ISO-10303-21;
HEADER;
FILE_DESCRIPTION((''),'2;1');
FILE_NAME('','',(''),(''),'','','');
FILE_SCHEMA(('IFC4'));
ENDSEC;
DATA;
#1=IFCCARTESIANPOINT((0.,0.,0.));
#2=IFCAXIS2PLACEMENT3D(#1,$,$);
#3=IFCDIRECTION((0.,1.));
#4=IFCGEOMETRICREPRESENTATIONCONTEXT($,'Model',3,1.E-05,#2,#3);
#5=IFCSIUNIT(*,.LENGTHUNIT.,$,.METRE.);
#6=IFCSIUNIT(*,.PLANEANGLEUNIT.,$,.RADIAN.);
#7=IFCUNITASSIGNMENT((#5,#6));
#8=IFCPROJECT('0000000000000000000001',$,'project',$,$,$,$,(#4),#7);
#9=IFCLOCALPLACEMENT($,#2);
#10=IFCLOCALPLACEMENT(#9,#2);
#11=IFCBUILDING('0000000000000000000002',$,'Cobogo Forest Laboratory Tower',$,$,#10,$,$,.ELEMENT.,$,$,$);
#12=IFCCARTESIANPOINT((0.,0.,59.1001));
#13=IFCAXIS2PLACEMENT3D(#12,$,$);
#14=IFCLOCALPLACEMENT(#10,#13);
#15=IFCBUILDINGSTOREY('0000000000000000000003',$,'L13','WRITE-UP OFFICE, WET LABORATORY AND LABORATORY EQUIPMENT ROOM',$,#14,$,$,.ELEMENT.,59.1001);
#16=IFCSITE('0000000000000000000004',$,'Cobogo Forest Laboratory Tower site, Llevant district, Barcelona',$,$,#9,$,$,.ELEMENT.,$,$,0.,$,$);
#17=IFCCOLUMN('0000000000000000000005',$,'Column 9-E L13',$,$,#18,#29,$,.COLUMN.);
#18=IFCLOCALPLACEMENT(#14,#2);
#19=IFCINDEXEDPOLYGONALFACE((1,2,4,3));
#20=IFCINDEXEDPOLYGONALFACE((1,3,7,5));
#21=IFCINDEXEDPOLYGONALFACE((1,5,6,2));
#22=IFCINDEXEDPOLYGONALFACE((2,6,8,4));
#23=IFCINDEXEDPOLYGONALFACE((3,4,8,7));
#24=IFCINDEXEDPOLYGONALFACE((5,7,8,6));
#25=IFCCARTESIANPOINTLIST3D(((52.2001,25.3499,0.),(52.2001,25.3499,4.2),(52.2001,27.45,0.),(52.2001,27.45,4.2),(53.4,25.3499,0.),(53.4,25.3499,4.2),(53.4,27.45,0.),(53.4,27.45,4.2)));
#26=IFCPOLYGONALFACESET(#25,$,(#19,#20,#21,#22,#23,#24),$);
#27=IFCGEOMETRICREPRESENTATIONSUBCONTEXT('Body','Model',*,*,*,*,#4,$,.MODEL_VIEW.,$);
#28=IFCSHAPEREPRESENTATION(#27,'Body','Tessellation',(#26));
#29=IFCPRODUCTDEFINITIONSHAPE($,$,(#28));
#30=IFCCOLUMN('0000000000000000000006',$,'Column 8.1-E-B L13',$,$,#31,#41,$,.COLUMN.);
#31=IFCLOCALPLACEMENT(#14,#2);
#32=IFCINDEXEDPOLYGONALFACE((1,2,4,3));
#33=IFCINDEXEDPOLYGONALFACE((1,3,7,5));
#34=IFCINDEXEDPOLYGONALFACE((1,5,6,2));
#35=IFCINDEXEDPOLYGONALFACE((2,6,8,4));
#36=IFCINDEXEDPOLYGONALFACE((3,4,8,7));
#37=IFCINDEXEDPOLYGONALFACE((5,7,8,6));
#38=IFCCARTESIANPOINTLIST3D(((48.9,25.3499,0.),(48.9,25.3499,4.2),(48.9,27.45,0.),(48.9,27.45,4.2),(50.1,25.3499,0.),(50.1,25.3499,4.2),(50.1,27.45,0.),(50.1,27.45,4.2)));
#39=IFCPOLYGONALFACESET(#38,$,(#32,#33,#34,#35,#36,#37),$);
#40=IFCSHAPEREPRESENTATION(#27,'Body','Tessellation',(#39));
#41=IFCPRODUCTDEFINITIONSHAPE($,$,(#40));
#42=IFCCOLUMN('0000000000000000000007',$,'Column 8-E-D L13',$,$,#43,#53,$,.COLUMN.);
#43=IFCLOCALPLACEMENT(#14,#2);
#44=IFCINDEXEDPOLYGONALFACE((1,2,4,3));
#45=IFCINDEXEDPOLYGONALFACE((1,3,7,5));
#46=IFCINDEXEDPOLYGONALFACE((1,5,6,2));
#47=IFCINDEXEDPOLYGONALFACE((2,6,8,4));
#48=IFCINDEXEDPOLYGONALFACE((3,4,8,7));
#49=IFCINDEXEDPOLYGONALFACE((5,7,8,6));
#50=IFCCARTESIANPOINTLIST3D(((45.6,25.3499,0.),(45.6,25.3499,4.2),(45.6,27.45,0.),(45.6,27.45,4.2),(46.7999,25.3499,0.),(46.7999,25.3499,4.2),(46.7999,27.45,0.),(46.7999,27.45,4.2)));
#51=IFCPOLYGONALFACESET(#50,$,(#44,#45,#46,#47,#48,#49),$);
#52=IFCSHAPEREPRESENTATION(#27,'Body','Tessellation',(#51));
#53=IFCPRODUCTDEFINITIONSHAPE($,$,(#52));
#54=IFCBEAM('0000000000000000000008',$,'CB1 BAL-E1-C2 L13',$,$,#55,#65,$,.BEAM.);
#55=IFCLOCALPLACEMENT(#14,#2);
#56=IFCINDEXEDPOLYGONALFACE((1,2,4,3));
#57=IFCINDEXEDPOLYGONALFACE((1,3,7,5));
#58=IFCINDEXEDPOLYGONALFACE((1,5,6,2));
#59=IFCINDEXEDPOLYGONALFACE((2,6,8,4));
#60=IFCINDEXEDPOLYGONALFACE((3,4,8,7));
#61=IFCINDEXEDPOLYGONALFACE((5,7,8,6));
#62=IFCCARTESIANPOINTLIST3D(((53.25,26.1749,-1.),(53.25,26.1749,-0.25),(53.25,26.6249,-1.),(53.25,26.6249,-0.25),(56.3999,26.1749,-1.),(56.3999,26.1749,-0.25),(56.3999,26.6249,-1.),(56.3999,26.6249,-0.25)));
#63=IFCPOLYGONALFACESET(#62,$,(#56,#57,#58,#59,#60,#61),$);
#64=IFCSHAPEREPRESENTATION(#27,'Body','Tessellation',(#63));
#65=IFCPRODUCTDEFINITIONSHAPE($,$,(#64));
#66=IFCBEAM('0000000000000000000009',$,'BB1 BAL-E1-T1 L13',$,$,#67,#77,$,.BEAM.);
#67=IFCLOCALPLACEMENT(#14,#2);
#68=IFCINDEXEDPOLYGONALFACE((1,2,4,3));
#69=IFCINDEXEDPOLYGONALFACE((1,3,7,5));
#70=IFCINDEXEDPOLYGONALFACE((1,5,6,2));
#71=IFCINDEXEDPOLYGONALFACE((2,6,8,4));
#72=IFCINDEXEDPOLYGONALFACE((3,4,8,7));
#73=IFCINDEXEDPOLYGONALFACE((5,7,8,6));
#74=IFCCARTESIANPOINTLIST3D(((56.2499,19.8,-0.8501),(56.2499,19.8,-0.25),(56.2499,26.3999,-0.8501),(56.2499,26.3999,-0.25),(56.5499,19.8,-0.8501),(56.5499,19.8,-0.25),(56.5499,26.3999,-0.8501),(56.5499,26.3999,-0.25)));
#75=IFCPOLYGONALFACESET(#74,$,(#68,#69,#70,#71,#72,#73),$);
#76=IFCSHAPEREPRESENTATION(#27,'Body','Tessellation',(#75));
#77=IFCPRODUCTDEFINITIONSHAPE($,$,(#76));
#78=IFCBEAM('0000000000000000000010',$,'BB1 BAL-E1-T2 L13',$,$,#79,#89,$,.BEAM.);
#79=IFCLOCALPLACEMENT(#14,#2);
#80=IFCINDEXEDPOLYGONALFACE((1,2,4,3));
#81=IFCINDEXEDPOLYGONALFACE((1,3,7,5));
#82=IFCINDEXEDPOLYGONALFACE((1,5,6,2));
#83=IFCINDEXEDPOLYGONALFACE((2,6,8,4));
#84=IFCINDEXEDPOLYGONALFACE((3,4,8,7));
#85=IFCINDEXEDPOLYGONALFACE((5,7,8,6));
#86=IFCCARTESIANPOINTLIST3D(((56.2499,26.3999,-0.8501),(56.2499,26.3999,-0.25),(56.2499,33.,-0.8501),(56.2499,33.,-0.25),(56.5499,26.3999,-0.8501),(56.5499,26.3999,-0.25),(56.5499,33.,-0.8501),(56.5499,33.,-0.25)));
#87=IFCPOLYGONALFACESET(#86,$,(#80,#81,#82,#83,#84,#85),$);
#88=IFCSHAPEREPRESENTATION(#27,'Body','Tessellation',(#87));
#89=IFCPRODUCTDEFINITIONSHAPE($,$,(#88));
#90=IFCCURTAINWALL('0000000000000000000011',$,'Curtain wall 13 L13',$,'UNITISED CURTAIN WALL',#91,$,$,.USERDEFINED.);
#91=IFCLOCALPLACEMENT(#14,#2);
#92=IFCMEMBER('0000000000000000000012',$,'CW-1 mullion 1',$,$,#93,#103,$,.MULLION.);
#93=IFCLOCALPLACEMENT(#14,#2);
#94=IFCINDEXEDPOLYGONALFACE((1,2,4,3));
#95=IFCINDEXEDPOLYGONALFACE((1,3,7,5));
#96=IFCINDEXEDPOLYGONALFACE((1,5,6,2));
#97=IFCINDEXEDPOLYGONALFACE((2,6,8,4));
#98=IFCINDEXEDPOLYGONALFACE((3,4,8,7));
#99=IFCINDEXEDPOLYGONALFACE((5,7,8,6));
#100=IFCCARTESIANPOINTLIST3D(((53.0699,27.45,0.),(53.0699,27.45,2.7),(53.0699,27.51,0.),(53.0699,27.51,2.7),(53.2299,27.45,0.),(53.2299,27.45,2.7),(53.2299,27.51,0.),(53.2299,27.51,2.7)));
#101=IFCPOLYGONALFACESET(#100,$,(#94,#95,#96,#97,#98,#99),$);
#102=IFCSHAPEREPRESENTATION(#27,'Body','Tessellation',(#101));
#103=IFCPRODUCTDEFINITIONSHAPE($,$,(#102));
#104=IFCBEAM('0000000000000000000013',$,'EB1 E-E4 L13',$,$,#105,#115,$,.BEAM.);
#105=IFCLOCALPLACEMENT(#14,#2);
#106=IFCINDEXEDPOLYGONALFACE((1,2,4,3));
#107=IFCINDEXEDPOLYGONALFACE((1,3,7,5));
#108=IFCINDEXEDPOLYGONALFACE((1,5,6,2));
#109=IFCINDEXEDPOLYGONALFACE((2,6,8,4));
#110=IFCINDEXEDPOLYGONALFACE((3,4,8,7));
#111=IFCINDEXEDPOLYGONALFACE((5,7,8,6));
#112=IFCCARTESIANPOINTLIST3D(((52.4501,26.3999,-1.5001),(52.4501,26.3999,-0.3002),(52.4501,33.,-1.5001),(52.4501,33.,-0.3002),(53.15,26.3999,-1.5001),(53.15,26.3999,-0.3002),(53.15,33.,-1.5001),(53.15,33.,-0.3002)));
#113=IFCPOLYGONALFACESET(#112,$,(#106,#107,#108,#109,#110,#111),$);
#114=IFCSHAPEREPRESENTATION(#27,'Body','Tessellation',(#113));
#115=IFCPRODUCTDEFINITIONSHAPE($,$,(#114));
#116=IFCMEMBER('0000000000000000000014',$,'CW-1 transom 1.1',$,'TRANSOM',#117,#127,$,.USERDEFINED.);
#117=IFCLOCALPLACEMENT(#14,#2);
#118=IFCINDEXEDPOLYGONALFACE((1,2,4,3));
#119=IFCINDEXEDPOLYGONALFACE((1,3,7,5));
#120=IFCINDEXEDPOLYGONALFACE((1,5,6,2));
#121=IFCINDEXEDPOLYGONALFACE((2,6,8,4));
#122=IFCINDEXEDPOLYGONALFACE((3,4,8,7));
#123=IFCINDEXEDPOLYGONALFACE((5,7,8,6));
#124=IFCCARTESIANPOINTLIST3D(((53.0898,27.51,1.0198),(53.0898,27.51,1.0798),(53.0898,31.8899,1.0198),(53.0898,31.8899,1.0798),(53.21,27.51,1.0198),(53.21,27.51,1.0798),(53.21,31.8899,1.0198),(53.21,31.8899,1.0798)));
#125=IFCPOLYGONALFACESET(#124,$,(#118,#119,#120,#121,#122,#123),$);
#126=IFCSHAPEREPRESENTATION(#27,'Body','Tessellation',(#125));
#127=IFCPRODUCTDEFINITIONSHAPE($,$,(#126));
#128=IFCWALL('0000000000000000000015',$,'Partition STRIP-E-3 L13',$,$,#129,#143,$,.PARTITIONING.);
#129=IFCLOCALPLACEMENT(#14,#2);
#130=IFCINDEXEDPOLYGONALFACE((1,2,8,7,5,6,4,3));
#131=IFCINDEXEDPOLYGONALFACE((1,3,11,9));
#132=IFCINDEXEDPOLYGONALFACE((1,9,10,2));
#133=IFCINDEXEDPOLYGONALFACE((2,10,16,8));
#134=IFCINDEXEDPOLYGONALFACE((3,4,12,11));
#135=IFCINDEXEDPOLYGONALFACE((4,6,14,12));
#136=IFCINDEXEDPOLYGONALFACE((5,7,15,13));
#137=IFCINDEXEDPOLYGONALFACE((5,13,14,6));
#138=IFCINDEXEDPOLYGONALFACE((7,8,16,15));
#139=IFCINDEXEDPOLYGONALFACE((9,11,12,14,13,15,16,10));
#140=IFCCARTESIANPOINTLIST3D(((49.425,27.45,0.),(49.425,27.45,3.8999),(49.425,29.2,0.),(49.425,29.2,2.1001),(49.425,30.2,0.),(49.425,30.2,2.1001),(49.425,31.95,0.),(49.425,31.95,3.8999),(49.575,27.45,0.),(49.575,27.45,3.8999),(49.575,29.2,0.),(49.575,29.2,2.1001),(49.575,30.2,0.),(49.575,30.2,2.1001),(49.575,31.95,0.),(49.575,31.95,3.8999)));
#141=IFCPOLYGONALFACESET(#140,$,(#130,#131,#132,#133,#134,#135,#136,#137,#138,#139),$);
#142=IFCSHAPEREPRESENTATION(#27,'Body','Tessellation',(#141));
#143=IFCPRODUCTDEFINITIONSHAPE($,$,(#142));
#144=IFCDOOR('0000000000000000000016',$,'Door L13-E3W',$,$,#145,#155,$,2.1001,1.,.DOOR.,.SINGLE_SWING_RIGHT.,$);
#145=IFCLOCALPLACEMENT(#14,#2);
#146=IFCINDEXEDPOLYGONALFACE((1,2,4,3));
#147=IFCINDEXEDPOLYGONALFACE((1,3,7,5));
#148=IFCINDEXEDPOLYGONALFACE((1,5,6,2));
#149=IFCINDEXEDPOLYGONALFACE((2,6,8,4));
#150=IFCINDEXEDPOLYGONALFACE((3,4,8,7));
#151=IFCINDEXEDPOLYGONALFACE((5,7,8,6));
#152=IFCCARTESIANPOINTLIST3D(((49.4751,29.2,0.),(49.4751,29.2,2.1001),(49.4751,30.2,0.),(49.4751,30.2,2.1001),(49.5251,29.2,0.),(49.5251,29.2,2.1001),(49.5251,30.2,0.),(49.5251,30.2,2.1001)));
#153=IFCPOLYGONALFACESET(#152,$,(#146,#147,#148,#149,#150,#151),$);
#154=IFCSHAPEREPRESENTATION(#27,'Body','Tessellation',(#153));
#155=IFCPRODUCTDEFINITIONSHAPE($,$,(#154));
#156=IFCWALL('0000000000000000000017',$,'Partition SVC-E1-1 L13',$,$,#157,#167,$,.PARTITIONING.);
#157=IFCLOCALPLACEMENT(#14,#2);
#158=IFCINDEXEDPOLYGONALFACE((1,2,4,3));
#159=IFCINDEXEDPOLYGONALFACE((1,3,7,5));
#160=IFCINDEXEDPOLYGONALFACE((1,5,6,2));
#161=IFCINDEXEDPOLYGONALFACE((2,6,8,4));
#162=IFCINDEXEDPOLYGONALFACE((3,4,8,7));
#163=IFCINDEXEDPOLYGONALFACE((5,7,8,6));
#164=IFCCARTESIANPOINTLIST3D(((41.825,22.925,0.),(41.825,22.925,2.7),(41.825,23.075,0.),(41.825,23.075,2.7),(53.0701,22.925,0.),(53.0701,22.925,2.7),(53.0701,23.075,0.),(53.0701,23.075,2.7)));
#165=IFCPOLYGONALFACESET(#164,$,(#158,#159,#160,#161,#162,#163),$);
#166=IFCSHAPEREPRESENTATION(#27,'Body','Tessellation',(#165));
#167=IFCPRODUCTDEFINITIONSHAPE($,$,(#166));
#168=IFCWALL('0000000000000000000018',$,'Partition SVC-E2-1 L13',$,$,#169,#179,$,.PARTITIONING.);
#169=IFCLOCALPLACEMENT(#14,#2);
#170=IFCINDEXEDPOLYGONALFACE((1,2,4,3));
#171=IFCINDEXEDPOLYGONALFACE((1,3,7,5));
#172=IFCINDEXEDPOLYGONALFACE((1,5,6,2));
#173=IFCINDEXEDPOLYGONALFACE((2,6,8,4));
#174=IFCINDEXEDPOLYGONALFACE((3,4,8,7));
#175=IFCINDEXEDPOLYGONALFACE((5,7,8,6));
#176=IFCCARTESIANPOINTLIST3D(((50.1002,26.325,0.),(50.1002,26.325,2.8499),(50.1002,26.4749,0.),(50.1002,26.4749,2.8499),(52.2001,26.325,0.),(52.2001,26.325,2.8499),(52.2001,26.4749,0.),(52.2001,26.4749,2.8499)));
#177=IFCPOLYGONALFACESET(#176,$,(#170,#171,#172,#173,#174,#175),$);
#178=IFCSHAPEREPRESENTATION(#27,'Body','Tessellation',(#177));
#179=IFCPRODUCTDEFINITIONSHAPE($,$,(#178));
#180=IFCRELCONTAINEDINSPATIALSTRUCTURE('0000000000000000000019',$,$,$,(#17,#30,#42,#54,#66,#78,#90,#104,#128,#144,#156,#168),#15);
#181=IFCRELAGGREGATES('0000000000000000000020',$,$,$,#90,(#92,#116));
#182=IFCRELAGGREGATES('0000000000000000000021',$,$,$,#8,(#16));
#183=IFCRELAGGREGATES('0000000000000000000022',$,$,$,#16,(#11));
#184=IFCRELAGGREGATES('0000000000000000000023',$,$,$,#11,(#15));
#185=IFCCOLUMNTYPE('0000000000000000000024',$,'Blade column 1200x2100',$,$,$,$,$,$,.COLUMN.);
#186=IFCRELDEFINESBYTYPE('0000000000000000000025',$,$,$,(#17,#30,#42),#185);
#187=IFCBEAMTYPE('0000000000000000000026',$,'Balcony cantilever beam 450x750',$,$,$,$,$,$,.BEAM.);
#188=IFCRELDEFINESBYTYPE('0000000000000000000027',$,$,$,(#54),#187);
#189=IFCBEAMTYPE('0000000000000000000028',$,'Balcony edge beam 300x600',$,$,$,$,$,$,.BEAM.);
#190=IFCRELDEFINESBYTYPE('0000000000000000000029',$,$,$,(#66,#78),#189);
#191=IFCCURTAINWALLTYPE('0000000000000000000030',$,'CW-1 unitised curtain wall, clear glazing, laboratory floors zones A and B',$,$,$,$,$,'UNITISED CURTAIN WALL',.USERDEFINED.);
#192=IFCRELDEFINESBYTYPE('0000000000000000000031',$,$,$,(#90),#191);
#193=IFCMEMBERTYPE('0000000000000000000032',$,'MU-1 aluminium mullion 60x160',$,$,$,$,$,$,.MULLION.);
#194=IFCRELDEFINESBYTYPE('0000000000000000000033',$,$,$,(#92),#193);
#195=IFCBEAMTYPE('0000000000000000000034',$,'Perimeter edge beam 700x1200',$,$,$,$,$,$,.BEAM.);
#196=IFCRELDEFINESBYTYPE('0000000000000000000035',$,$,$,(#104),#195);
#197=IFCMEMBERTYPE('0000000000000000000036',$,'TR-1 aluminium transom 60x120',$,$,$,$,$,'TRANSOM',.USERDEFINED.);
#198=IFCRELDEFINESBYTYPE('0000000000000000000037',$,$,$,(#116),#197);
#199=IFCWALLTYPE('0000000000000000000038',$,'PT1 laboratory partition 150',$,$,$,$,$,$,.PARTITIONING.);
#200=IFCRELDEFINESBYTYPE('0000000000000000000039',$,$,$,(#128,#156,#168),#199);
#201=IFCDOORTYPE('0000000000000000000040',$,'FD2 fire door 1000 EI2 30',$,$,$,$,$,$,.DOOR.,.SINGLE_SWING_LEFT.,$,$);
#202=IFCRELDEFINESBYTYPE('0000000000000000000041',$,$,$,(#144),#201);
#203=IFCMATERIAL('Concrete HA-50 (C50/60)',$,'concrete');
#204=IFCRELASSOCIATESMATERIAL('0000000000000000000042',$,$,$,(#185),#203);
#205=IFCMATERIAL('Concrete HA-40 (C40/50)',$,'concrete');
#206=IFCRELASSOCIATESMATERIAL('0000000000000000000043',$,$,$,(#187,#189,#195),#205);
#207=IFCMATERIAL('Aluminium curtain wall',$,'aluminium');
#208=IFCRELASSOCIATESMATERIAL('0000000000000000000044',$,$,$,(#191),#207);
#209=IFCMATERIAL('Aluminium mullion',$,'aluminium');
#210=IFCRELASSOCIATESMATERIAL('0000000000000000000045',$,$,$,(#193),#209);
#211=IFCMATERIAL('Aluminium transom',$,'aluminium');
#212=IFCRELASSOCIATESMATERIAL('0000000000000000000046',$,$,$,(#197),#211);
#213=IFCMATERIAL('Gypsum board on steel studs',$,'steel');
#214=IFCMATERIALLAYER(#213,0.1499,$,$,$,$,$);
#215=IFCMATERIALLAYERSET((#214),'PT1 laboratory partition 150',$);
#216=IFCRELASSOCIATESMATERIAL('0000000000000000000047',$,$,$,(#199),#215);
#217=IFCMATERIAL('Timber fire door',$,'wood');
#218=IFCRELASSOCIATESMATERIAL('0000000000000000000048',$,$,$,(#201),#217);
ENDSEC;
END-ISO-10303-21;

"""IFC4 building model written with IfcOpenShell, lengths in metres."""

from ifc_helpers import new_model, si_unit, direction, frame, frame_2d, origin, origin_2d, place, context, subcontext, project, spatial, rectangle, extrude, material, layer, layer_set, material_profile, profile_set, type_object, element, fill, aggregate, save


model = new_model("IFC4")

# Units and contexts
model_context = context("Model", 3, precision=1e-05, world=origin(), true_north=direction((0.0, 1.0)))
body_context = subcontext(model_context, "Body", "Model", "MODEL_VIEW")
ifc_project = project(units=[si_unit("LENGTHUNIT", "METRE"), si_unit("PLANEANGLEUNIT", "RADIAN")], contexts=[model_context])

# Site, building, storey
site_placement = place(None, origin())
site = spatial("IfcSite", under=ifc_project, at=site_placement, Name="Cobogo Forest Laboratory Tower site, Llevant district, Barcelona", CompositionType="ELEMENT", RefElevation=0.0)
building_placement = place(site_placement, origin())
building = spatial("IfcBuilding", under=site, at=building_placement, Name="Cobogo Forest Laboratory Tower", CompositionType="ELEMENT")
storey_placement = place(building_placement, frame((0.0, 0.0, 59.1001)))
storey = spatial("IfcBuildingStorey", under=building, at=storey_placement, Name="L13", Description="WRITE-UP OFFICE, WET LABORATORY AND LABORATORY EQUIPMENT ROOM", CompositionType="ELEMENT", Elevation=59.1001)

# Columns
ifc_material_1 = material(Name="Concrete HA-50 (C50/60)", Category="concrete")
ifc_material_profile_1 = material_profile(ifc_material_1, rectangle(XDim=2.1001, YDim=1.2, at=origin_2d()), Name="RC 1200x2100")
ifc_profile_set_1 = profile_set([ifc_material_profile_1], Name="Concrete HA-50 (C50/60)")
column_type = type_object("IfcColumnType", Name="Blade column 1200x2100", PredefinedType="COLUMN", material=ifc_profile_set_1)
for number, where, z_axis, x_axis, name in (
    (1, (52.8, 26.3999, 0.0), (0.0, 0.0, 1.0), (0.0, 1.0, 0.0), "Column 9-E L13"),
    (2, (49.5, 26.3999, 0.0), (0.0, 0.0, 1.0), (0.0, 1.0, 0.0), "Column 8.1-E-B L13"),
    (3, (46.2, 26.3999, 0.0), (0.0, 0.0, 1.0), (0.0, 1.0, 0.0), "Column 8-E-D L13"),
):
    element("IfcColumn", number, at=place(storey_placement, frame(where, z_axis=z_axis, x_axis=x_axis)), inside=storey, type_object=column_type, Name=name, PredefinedType="COLUMN", context=body_context, shape_type="SweptSolid", body=[
        extrude(rectangle(XDim=2.1001, YDim=1.2, at=origin_2d()), origin(), (0.0, 0.0, 1.0), 4.2),
    ])

# Beams
ifc_material_2 = material(Name="Concrete HA-40 (C40/50)", Category="concrete")
ifc_material_profile_2 = material_profile(ifc_material_2, rectangle(XDim=0.45, YDim=0.75, at=origin_2d()), Name="RC 450x750")
ifc_profile_set_2 = profile_set([ifc_material_profile_2], Name="Concrete HA-40 (C40/50)")
beam_type_1 = type_object("IfcBeamType", Name="Balcony cantilever beam 450x750", PredefinedType="BEAM", material=ifc_profile_set_2)
beam_1_placement = place(storey_placement, frame((53.25, 26.3999, -0.625), z_axis=(1.0, 0.0, 0.0), x_axis=(0.0, 1.0, 0.0)))
element("IfcBeam", 4, at=beam_1_placement, inside=storey, type_object=beam_type_1, Name="CB1 BAL-E1-C2 L13", PredefinedType="BEAM", context=body_context, shape_type="SweptSolid", body=[
    extrude(rectangle(XDim=0.45, YDim=0.75, at=origin_2d()), origin(), (0.0, 0.0, 1.0), 3.1499),
])
ifc_material_profile_3 = material_profile(ifc_material_2, rectangle(XDim=0.3, YDim=0.6001, at=origin_2d()), Name="RC 300x600")
ifc_profile_set_3 = profile_set([ifc_material_profile_3], Name="Concrete HA-40 (C40/50)")
beam_type_2 = type_object("IfcBeamType", Name="Balcony edge beam 300x600", PredefinedType="BEAM", material=ifc_profile_set_3)
beam_2_placement = place(storey_placement, frame((56.3999, 19.8, -0.55), z_axis=(0.0, 1.0, 0.0), x_axis=(-1.0, 0.0, 0.0)))
element("IfcBeam", 5, at=beam_2_placement, inside=storey, type_object=beam_type_2, Name="BB1 BAL-E1-T1 L13", PredefinedType="BEAM", context=body_context, shape_type="SweptSolid", body=[
    extrude(rectangle(XDim=0.3, YDim=0.6001, at=origin_2d()), origin(), (0.0, 0.0, 1.0), 6.5999),
])
beam_3_placement = place(storey_placement, frame((56.3999, 26.3999, -0.55), z_axis=(0.0, 1.0, 0.0), x_axis=(-1.0, 0.0, 0.0)))
element("IfcBeam", 6, at=beam_3_placement, inside=storey, type_object=beam_type_2, Name="BB1 BAL-E1-T2 L13", PredefinedType="BEAM", context=body_context, shape_type="SweptSolid", body=[
    extrude(rectangle(XDim=0.3, YDim=0.6001, at=origin_2d()), origin(), (0.0, 0.0, 1.0), 6.6001),
])

# Curtain wall, member
ifc_material_3 = material(Name="Aluminium curtain wall", Category="aluminium")
curtain_wall_type = type_object("IfcCurtainWallType", Name="CW-1 unitised curtain wall, clear glazing, laboratory floors zones A and B", ElementType="UNITISED CURTAIN WALL", PredefinedType="USERDEFINED", material=ifc_material_3)
curtain_wall_placement = place(storey_placement, origin())
curtain_wall = element("IfcCurtainWall", 7, at=curtain_wall_placement, inside=storey, type_object=curtain_wall_type, Name="Curtain wall 13 L13", ObjectType="UNITISED CURTAIN WALL", PredefinedType="USERDEFINED")
ifc_material_4 = material(Name="Aluminium mullion", Category="aluminium")
ifc_material_profile_4 = material_profile(ifc_material_4, rectangle(XDim=0.0601, YDim=0.1599, at=origin_2d()), Name="AL 60x160")
ifc_profile_set_4 = profile_set([ifc_material_profile_4], Name="Aluminium mullion")
member_type_1 = type_object("IfcMemberType", Name="MU-1 aluminium mullion 60x160", PredefinedType="MULLION", material=ifc_profile_set_4)
member_1_placement = place(storey_placement, frame((53.1499, 27.48, 0.0), z_axis=(0.0, 0.0, 1.0), x_axis=(0.0, 1.0, 0.0)))
member_1 = element("IfcMember", 8, at=member_1_placement, type_object=member_type_1, Name="CW-1 mullion 1", PredefinedType="MULLION", context=body_context, shape_type="SweptSolid", body=[
    extrude(rectangle(XDim=0.0601, YDim=0.1599, at=origin_2d()), origin(), (0.0, 0.0, 1.0), 2.7),
])

# Beam
ifc_material_profile_5 = material_profile(ifc_material_2, rectangle(XDim=0.7, YDim=1.2, at=origin_2d()), Name="RC 700x1200")
ifc_profile_set_5 = profile_set([ifc_material_profile_5], Name="Concrete HA-40 (C40/50)")
beam_type_3 = type_object("IfcBeamType", Name="Perimeter edge beam 700x1200", PredefinedType="BEAM", material=ifc_profile_set_5)
beam_4_placement = place(storey_placement, frame((52.8, 26.3999, -0.9001), z_axis=(0.0, 1.0, 0.0), x_axis=(-1.0, 0.0, 0.0)))
element("IfcBeam", 9, at=beam_4_placement, inside=storey, type_object=beam_type_3, Name="EB1 E-E4 L13", PredefinedType="BEAM", context=body_context, shape_type="SweptSolid", body=[
    extrude(rectangle(XDim=0.7, YDim=1.2, at=origin_2d()), origin(), (0.0, 0.0, 1.0), 6.6001),
])

# Member
ifc_material_5 = material(Name="Aluminium transom", Category="aluminium")
ifc_material_profile_6 = material_profile(ifc_material_5, rectangle(XDim=0.1201, YDim=0.0601, at=origin_2d()), Name="AL 60x120")
ifc_profile_set_6 = profile_set([ifc_material_profile_6], Name="Aluminium transom")
member_type_2 = type_object("IfcMemberType", Name="TR-1 aluminium transom 60x120", ElementType="TRANSOM", PredefinedType="USERDEFINED", material=ifc_profile_set_6)
member_2_placement = place(storey_placement, frame((53.1499, 27.51, 1.0498), z_axis=(0.0, 1.0, 0.0), x_axis=(-1.0, 0.0, 0.0)))
member_2 = element("IfcMember", 10, at=member_2_placement, type_object=member_type_2, Name="CW-1 transom 1.1", ObjectType="TRANSOM", PredefinedType="USERDEFINED", context=body_context, shape_type="SweptSolid", body=[
    extrude(rectangle(XDim=0.1201, YDim=0.0601, at=origin_2d()), origin(), (0.0, 0.0, 1.0), 4.3799),
])
aggregate(curtain_wall, [member_1, member_2])

# Wall, opening, door
ifc_material_6 = material(Name="Gypsum board on steel studs", Category="steel")
ifc_layer_1 = layer(ifc_material_6, 0.1499)
ifc_layer_set_1 = layer_set([ifc_layer_1], Name="PT1 laboratory partition 150")
wall_type_1 = type_object("IfcWallType", Name="PT1 laboratory partition 150", PredefinedType="PARTITIONING", material=ifc_layer_set_1)
wall_1_placement = place(storey_placement, frame((49.5, 27.45, 0.0), z_axis=(0.0, 0.0, 1.0), x_axis=(0.0, 1.0, 0.0)))
wall_1 = element("IfcWall", 11, at=wall_1_placement, inside=storey, type_object=wall_type_1, Name="Partition STRIP-E-3 L13", PredefinedType="PARTITIONING", context=body_context, shape_type="SweptSolid", body=[
    extrude(rectangle(XDim=4.5, YDim=0.1499, at=frame_2d((2.25, 0.0))), origin(), (0.0, 0.0, 1.0), 3.8999),
])
opening_1_placement = place(wall_1_placement, frame((1.75, 0.0, 0.0)))
opening_1 = element("IfcOpeningElement", 12, at=opening_1_placement, cuts=wall_1, PredefinedType="OPENING", context=body_context, shape_type="SweptSolid", body=[
    extrude(rectangle(XDim=1.0, YDim=2.1001, at=frame_2d((0.5, 1.05))), frame((0.0, 0.085, 0.0), z_axis=(0.0, -1.0, 0.0), x_axis=(1.0, 0.0, 0.0)), (0.0, 0.0, 1.0), 0.1699),
])
ifc_material_7 = material(Name="Timber fire door", Category="wood")
door_type_1 = type_object("IfcDoorType", Name="FD2 fire door 1000 EI2 30", OperationType="SINGLE_SWING_LEFT", PredefinedType="DOOR", material=ifc_material_7)
door_1_placement = place(opening_1_placement, origin())
door_1 = element("IfcDoor", 13, at=door_1_placement, inside=storey, type_object=door_type_1, Name="Door L13-E3W", OperationType="SINGLE_SWING_RIGHT", OverallHeight=2.1001, OverallWidth=1.0, PredefinedType="DOOR", context=body_context, shape_type="SweptSolid", body=[
    extrude(rectangle(XDim=1.0, YDim=2.1001, at=frame_2d((0.5, 1.05))), frame((0.0, 0.0249, 0.0), z_axis=(0.0, -1.0, 0.0), x_axis=(1.0, 0.0, 0.0)), (0.0, 0.0, 1.0), 0.05),
])
fill(opening_1, door_1)

# Walls
wall_2_placement = place(storey_placement, frame((53.0701, 23.0, 0.0), z_axis=(0.0, 0.0, 1.0), x_axis=(-1.0, 0.0, 0.0)))
element("IfcWall", 14, at=wall_2_placement, inside=storey, type_object=wall_type_1, Name="Partition SVC-E1-1 L13", PredefinedType="PARTITIONING", context=body_context, shape_type="SweptSolid", body=[
    extrude(rectangle(XDim=11.2451, YDim=0.1499, at=frame_2d((5.6226, 0.0))), origin(), (0.0, 0.0, 1.0), 2.7),
])
for number, where, z_axis, x_axis, name in (
    (15, (52.2, 26.3999, 0.0), (0.0, 0.0, 1.0), (-1.0, 0.0, 0.0), "Partition SVC-E2-1 L13"),
):
    element("IfcWall", number, at=place(storey_placement, frame(where, z_axis=z_axis, x_axis=x_axis)), inside=storey, type_object=wall_type_1, Name=name, PredefinedType="PARTITIONING", context=body_context, shape_type="SweptSolid", body=[
        extrude(rectangle(XDim=2.0999, YDim=0.1499, at=frame_2d((1.0498, 0.0))), origin(), (0.0, 0.0, 1.0), 2.8499),
    ])

save(model, "model.ifc")
